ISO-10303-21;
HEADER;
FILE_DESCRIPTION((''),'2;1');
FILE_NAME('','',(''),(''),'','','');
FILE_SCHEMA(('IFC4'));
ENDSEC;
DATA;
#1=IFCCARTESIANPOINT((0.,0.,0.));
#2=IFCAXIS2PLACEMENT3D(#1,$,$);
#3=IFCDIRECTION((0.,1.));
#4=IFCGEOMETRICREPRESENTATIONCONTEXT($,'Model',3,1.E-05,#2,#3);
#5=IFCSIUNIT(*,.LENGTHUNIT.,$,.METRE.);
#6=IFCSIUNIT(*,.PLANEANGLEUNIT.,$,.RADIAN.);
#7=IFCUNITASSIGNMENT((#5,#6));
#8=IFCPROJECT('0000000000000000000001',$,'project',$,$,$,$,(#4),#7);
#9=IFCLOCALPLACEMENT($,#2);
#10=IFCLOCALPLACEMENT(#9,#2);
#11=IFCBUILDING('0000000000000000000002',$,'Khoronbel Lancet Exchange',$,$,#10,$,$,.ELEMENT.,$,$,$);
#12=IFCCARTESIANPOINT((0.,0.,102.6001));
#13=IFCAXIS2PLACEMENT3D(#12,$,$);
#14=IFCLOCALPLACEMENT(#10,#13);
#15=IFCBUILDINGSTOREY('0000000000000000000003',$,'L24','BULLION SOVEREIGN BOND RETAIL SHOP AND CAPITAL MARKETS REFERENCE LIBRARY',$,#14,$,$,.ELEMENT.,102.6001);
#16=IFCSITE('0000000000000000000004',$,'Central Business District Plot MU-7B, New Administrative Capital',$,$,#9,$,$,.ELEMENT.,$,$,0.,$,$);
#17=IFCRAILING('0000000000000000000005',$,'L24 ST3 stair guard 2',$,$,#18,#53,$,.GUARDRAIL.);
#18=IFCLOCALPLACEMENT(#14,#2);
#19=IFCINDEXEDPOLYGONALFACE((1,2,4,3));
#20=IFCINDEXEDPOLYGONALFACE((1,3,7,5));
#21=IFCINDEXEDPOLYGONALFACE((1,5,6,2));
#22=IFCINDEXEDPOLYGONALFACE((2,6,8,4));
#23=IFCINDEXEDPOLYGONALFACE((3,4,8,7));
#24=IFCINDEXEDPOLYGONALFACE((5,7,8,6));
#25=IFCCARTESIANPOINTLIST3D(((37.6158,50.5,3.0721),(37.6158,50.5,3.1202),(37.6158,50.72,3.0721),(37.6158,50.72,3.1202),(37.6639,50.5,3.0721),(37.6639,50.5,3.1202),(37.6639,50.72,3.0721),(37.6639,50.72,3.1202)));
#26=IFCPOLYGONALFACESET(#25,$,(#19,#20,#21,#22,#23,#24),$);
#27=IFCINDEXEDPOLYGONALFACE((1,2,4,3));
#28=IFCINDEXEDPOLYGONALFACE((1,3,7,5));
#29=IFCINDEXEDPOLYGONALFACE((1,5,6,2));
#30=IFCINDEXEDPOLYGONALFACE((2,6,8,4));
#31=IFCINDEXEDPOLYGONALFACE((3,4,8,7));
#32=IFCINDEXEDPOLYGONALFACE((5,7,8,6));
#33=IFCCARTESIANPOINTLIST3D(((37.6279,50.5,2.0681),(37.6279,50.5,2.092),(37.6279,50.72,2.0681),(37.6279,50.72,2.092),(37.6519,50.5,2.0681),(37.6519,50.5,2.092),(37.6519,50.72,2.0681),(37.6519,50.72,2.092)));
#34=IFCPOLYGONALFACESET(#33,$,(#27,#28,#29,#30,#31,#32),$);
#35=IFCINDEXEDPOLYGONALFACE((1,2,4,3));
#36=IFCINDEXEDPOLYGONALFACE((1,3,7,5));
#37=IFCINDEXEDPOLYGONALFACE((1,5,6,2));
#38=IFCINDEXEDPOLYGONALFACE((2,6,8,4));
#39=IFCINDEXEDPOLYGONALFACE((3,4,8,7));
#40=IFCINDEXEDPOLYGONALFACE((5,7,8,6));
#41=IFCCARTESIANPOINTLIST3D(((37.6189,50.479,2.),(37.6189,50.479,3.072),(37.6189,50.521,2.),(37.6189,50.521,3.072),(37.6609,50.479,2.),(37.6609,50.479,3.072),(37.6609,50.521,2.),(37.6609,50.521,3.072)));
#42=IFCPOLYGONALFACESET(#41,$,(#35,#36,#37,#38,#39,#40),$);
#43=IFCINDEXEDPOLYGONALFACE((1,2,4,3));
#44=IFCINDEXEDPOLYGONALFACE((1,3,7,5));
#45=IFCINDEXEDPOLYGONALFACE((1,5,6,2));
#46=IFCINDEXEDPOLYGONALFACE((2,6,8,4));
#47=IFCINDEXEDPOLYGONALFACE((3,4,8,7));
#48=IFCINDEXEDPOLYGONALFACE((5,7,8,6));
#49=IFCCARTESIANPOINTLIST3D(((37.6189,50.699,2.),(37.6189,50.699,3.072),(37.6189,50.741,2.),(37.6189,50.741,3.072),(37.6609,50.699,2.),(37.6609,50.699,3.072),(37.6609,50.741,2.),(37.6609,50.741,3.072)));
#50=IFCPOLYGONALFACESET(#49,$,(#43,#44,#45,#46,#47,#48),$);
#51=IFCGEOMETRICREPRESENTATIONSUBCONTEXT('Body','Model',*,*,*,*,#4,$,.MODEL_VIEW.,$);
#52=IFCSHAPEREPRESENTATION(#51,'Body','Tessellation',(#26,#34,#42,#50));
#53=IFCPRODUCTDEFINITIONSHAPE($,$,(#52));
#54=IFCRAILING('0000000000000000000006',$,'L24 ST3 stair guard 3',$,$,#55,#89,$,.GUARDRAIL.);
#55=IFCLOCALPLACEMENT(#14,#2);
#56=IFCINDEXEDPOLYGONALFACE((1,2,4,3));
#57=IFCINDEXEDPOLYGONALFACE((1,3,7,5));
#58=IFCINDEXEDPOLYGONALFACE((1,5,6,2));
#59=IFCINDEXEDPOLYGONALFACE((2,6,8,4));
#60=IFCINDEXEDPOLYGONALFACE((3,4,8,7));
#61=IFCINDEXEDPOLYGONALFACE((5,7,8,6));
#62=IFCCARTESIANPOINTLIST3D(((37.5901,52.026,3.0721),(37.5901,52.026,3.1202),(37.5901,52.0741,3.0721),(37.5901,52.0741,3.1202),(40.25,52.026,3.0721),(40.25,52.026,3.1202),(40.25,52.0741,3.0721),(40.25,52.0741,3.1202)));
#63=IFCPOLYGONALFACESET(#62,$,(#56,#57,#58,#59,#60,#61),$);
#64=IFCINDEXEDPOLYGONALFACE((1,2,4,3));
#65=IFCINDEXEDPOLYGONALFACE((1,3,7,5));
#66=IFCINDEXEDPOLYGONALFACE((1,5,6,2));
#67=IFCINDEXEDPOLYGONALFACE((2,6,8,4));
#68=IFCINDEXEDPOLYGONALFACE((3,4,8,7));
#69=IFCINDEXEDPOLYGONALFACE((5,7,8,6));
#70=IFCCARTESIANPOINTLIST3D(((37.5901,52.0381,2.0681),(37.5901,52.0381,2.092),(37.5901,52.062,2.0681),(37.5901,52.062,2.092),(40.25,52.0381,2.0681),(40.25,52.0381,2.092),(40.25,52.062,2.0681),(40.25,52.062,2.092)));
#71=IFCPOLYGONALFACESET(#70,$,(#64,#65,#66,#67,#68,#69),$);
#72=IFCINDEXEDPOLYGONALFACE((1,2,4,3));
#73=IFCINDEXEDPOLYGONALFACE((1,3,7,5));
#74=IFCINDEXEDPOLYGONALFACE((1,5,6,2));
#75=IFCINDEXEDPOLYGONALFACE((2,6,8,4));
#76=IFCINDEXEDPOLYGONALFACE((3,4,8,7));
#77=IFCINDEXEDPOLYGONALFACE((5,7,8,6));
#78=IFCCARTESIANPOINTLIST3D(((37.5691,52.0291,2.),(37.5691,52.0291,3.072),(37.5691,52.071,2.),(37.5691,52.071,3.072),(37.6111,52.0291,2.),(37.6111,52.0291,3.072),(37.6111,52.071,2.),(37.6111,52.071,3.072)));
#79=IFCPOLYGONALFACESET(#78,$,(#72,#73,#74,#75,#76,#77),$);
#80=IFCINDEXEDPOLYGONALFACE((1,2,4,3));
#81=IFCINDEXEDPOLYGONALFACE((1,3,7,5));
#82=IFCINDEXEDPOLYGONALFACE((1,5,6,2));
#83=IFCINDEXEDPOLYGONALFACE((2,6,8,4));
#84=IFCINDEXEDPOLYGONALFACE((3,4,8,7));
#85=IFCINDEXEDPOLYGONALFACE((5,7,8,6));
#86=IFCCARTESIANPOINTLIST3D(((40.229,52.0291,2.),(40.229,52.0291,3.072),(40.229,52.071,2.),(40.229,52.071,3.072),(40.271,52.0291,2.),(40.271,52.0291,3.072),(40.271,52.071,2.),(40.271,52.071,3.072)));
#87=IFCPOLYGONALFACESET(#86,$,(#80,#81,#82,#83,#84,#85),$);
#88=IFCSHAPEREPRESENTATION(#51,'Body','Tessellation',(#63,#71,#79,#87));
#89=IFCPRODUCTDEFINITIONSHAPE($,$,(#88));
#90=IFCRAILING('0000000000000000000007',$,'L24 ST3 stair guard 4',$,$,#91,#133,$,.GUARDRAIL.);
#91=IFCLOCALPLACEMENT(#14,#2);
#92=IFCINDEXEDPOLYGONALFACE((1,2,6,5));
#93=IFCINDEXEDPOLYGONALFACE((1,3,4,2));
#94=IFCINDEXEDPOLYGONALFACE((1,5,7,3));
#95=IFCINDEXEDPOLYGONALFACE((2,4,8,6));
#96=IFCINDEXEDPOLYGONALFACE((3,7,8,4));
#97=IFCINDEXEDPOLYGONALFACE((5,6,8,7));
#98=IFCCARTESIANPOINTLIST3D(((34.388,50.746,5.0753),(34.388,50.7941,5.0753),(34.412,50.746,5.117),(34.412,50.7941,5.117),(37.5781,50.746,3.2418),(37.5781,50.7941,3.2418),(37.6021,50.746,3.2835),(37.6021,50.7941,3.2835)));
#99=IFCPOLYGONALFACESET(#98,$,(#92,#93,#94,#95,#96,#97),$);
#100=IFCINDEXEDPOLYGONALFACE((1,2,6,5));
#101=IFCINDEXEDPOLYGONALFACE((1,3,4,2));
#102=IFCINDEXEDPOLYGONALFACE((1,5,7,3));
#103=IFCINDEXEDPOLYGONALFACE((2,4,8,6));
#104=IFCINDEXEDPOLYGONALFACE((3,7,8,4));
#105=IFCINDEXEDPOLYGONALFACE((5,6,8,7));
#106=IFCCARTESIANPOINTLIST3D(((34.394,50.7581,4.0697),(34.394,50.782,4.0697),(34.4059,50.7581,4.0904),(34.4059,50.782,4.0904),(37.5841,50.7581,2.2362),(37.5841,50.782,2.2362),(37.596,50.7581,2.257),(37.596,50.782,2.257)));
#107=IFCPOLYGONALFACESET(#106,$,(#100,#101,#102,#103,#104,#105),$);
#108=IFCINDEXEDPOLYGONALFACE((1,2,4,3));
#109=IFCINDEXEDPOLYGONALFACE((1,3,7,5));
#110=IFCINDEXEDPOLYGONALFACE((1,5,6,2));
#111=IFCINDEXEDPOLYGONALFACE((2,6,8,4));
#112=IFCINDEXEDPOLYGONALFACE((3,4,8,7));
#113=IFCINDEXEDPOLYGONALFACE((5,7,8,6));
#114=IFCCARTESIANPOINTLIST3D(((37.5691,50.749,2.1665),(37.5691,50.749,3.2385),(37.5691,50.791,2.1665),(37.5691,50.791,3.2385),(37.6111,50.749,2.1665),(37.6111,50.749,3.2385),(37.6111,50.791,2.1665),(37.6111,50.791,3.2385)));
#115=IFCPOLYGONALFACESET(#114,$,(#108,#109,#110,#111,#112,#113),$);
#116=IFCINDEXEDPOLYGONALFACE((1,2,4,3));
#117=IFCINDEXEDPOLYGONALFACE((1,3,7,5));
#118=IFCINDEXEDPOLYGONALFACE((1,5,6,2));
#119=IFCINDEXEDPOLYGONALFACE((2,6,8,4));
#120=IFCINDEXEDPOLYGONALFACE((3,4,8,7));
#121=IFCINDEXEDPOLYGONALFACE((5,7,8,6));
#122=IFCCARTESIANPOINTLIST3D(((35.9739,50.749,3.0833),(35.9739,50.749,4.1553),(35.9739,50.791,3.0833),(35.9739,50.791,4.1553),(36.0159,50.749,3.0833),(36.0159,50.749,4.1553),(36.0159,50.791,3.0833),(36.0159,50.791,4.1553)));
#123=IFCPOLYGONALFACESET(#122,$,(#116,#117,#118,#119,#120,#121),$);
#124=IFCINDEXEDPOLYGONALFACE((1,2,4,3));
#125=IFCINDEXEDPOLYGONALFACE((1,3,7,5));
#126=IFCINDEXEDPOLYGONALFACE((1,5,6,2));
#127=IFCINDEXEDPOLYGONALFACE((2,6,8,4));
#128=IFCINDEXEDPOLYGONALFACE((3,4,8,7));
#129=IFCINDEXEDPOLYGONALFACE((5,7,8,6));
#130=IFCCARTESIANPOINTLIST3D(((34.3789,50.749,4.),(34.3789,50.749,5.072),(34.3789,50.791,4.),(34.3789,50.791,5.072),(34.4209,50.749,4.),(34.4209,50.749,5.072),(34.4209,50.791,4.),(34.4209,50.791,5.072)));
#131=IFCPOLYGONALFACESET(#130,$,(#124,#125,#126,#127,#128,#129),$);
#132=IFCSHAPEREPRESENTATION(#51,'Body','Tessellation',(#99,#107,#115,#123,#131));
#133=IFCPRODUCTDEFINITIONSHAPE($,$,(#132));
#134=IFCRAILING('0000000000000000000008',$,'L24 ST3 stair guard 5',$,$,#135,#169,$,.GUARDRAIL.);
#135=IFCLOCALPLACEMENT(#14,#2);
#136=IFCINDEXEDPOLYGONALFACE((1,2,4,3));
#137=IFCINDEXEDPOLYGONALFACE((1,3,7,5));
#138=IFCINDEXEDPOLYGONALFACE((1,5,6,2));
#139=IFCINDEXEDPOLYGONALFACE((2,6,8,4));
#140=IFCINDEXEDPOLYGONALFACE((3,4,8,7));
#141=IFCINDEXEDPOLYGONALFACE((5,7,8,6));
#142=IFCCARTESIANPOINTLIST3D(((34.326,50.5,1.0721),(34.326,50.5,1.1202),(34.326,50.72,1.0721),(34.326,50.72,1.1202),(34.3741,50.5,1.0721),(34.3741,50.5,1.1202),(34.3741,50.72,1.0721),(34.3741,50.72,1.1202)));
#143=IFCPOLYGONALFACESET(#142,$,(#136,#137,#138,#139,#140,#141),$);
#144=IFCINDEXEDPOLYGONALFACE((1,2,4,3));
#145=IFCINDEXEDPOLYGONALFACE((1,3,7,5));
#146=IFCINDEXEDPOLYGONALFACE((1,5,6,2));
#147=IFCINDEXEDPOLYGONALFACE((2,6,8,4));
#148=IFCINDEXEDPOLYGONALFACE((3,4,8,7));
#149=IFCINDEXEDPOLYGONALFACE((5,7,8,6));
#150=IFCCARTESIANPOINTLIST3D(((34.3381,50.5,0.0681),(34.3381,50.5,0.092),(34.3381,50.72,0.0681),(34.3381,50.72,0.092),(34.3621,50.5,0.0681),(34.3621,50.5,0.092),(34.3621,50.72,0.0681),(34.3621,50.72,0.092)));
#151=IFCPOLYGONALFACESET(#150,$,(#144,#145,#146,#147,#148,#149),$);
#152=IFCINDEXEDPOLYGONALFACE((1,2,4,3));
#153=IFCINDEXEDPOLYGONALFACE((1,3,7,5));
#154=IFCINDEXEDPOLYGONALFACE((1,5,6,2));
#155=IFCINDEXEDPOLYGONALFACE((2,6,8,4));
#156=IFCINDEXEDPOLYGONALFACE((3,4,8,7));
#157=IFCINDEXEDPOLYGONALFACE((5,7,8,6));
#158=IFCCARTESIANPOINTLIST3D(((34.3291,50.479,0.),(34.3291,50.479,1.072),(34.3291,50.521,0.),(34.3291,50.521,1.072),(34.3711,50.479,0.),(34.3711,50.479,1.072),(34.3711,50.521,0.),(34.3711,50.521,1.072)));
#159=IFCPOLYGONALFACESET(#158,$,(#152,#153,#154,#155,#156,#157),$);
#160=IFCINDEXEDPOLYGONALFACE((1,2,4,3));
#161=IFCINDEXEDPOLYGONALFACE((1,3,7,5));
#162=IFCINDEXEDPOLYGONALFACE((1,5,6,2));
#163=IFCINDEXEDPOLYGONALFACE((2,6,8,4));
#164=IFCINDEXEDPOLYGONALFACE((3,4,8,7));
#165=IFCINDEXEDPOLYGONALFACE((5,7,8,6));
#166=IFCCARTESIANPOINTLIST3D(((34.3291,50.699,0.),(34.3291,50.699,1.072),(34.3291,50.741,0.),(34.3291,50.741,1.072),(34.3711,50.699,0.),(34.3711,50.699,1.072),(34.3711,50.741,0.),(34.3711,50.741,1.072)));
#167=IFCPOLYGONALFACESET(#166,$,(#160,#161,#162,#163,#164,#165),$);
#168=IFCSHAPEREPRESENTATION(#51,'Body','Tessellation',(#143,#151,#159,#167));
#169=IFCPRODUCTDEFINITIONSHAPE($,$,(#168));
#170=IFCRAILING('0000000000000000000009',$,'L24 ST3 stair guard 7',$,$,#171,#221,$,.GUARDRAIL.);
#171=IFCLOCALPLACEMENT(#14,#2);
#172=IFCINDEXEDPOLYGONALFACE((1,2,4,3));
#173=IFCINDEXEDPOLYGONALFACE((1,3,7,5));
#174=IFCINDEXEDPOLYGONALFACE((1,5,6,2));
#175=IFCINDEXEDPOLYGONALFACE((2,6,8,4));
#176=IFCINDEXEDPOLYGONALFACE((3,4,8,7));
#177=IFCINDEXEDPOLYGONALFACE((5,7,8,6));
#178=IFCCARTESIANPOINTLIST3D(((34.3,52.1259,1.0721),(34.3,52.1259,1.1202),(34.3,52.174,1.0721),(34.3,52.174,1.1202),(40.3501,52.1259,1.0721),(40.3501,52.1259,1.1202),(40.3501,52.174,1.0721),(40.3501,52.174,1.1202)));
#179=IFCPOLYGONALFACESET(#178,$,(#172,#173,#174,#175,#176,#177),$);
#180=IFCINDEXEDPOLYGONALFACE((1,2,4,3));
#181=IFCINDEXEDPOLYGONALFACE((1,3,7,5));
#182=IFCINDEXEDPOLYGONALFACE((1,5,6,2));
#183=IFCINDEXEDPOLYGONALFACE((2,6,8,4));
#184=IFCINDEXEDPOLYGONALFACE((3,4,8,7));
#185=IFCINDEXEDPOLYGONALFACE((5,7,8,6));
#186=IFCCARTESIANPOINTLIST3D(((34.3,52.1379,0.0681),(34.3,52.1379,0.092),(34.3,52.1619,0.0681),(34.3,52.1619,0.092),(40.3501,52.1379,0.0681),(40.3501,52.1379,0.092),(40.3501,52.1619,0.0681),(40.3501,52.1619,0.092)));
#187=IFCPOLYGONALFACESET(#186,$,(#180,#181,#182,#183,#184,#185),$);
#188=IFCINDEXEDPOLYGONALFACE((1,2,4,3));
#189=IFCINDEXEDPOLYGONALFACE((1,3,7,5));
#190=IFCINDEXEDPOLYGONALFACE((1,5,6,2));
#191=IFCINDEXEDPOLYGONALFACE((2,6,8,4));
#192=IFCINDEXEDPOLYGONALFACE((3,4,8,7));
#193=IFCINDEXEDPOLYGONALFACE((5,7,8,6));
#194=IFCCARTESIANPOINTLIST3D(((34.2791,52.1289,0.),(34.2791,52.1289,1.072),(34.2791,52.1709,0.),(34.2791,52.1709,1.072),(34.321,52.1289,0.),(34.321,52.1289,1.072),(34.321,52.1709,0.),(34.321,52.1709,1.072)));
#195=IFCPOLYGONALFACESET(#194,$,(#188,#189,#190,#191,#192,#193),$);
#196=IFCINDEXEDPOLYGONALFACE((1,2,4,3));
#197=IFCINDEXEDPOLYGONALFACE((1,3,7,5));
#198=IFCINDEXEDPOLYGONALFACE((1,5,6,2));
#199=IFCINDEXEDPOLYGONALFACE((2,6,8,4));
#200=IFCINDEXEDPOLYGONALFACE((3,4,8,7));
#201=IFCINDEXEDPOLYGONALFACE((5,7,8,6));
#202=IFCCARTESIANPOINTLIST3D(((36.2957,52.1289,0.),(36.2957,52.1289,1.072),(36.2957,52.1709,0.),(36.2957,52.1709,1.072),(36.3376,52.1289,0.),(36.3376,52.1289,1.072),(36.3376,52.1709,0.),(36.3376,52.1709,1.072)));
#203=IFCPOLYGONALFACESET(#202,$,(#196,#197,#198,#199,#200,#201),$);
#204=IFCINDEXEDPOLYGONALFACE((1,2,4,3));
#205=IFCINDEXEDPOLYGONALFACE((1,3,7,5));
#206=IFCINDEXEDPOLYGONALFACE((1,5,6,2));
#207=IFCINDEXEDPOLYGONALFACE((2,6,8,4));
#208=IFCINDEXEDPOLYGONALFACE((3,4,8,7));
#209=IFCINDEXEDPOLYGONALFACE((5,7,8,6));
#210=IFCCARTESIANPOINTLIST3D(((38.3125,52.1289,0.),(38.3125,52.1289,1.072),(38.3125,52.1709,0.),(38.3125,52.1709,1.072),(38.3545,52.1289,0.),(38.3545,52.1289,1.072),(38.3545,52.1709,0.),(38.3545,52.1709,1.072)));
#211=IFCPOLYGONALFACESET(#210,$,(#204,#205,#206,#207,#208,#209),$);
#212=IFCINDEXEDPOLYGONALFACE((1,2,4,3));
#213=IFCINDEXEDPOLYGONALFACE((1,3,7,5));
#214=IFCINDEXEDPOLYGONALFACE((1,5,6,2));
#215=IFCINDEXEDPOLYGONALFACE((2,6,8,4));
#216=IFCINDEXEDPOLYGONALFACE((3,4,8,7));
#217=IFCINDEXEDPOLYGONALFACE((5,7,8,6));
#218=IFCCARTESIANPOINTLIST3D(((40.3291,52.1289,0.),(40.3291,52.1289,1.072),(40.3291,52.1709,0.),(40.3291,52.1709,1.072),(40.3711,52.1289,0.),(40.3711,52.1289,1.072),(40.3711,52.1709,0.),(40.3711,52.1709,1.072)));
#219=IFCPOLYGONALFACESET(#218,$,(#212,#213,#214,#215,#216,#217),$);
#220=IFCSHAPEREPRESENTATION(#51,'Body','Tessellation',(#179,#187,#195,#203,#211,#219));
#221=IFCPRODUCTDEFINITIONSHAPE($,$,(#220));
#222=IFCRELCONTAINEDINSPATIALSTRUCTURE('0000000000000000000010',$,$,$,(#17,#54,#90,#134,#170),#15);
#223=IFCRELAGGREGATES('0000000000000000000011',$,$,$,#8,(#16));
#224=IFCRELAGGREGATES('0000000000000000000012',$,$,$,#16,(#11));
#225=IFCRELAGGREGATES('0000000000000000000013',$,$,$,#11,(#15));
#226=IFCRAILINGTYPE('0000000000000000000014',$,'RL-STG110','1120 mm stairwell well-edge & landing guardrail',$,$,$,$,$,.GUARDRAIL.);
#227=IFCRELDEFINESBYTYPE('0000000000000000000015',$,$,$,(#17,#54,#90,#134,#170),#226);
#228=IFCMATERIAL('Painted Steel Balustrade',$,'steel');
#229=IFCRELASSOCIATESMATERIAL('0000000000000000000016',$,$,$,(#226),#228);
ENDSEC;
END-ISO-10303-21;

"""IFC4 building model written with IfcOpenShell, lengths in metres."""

from ifc_helpers import new_model, si_unit, direction, frame, origin, origin_2d, place, context, subcontext, project, spatial, rectangle, extrude, material, type_object, element, save


model = new_model("IFC4")

# Units and contexts
model_context = context("Model", 3, precision=1e-05, world=origin(), true_north=direction((0.0, 1.0)))
body_context = subcontext(model_context, "Body", "Model", "MODEL_VIEW")
ifc_project = project(units=[si_unit("LENGTHUNIT", "METRE"), si_unit("PLANEANGLEUNIT", "RADIAN")], contexts=[model_context])

# Site, building, storey
site_placement = place(None, origin())
site = spatial("IfcSite", under=ifc_project, at=site_placement, Name="Central Business District Plot MU-7B, New Administrative Capital", CompositionType="ELEMENT", RefElevation=0.0)
building_placement = place(site_placement, origin())
building = spatial("IfcBuilding", under=site, at=building_placement, Name="Khoronbel Lancet Exchange", CompositionType="ELEMENT")
storey_placement = place(building_placement, frame((0.0, 0.0, 102.6001)))
storey = spatial("IfcBuildingStorey", under=building, at=storey_placement, Name="L24", Description="BULLION SOVEREIGN BOND RETAIL SHOP AND CAPITAL MARKETS REFERENCE LIBRARY", CompositionType="ELEMENT", Elevation=102.6001)

# Railings
ifc_material_1 = material(Name="Painted Steel Balustrade", Category="steel")
railing_type_1 = type_object("IfcRailingType", Name="RL-STG110", Description="1120 mm stairwell well-edge & landing guardrail", PredefinedType="GUARDRAIL", material=ifc_material_1)
railing_1_placement = place(storey_placement, frame((37.6399, 50.5, 2.0)))
element("IfcRailing", 1, at=railing_1_placement, inside=storey, type_object=railing_type_1, Name="L24 ST3 stair guard 2", PredefinedType="GUARDRAIL", context=body_context, shape_type="SweptSolid", body=[
    extrude(rectangle(XDim=0.0481, YDim=0.0481, at=origin_2d()), frame((0.0, 0.0, 1.0962), z_axis=(0.0, 1.0, 0.0), x_axis=(-1.0, 0.0, 0.0)), (0.0, 0.0, 1.0), 0.22),
    extrude(rectangle(XDim=0.0239, YDim=0.0239, at=origin_2d()), frame((0.0, 0.0, 0.0801), z_axis=(0.0, 1.0, 0.0), x_axis=(-1.0, 0.0, 0.0)), (0.0, 0.0, 1.0), 0.22),
    extrude(rectangle(XDim=0.042, YDim=0.042, at=origin_2d()), origin(), (0.0, 0.0, 1.0), 1.072),
    extrude(rectangle(XDim=0.042, YDim=0.042, at=origin_2d()), frame((0.0, 0.22, 0.0)), (0.0, 0.0, 1.0), 1.072),
])
railing_2_placement = place(storey_placement, frame((37.5901, 52.05, 2.0)))
element("IfcRailing", 2, at=railing_2_placement, inside=storey, type_object=railing_type_1, Name="L24 ST3 stair guard 3", PredefinedType="GUARDRAIL", context=body_context, shape_type="SweptSolid", body=[
    extrude(rectangle(XDim=0.0481, YDim=0.0481, at=origin_2d()), frame((0.0, 0.0, 1.0962), z_axis=(1.0, 0.0, 0.0), x_axis=(0.0, 1.0, 0.0)), (0.0, 0.0, 1.0), 2.6599),
    extrude(rectangle(XDim=0.0239, YDim=0.0239, at=origin_2d()), frame((0.0, 0.0, 0.0801), z_axis=(1.0, 0.0, 0.0), x_axis=(0.0, 1.0, 0.0)), (0.0, 0.0, 1.0), 2.6599),
    extrude(rectangle(XDim=0.042, YDim=0.042, at=origin_2d()), origin(), (0.0, 0.0, 1.0), 1.072),
    extrude(rectangle(XDim=0.042, YDim=0.042, at=origin_2d()), frame((2.6599, 0.0, 0.0)), (0.0, 0.0, 1.0), 1.072),
])
railing_3_placement = place(storey_placement, frame((37.5901, 50.77, 2.1665)))
element("IfcRailing", 3, at=railing_3_placement, inside=storey, type_object=railing_type_1, Name="L24 ST3 stair guard 4", PredefinedType="GUARDRAIL", context=body_context, shape_type="SweptSolid", body=[
    extrude(rectangle(XDim=0.0481, YDim=0.0481, at=origin_2d()), frame((0.0, 0.0, 1.0962), z_axis=(-0.867007, 0.0, 0.498295), x_axis=(0.0, -1.0, 0.0)), (0.0, 0.0, 1.0), 3.6794),
    extrude(rectangle(XDim=0.0239, YDim=0.0239, at=origin_2d()), frame((0.0, 0.0, 0.0801), z_axis=(-0.867007, 0.0, 0.498295), x_axis=(0.0, -1.0, 0.0)), (0.0, 0.0, 1.0), 3.6794),
    extrude(rectangle(XDim=0.042, YDim=0.042, at=origin_2d()), origin(), (0.0, 0.0, 1.0), 1.072),
    extrude(rectangle(XDim=0.042, YDim=0.042, at=origin_2d()), frame((-1.5952, 0.0, 0.9167)), (0.0, 0.0, 1.0), 1.072),
    extrude(rectangle(XDim=0.042, YDim=0.042, at=origin_2d()), frame((-3.1902, 0.0, 1.8335)), (0.0, 0.0, 1.0), 1.072),
])
railing_4_placement = place(storey_placement, frame((34.3501, 50.5, 0.0)))
element("IfcRailing", 4, at=railing_4_placement, inside=storey, type_object=railing_type_1, Name="L24 ST3 stair guard 5", PredefinedType="GUARDRAIL", context=body_context, shape_type="SweptSolid", body=[
    extrude(rectangle(XDim=0.0481, YDim=0.0481, at=origin_2d()), frame((0.0, 0.0, 1.0962), z_axis=(0.0, 1.0, 0.0), x_axis=(-1.0, 0.0, 0.0)), (0.0, 0.0, 1.0), 0.22),
    extrude(rectangle(XDim=0.0239, YDim=0.0239, at=origin_2d()), frame((0.0, 0.0, 0.0801), z_axis=(0.0, 1.0, 0.0), x_axis=(-1.0, 0.0, 0.0)), (0.0, 0.0, 1.0), 0.22),
    extrude(rectangle(XDim=0.042, YDim=0.042, at=origin_2d()), origin(), (0.0, 0.0, 1.0), 1.072),
    extrude(rectangle(XDim=0.042, YDim=0.042, at=origin_2d()), frame((0.0, 0.22, 0.0)), (0.0, 0.0, 1.0), 1.072),
])
railing_5_placement = place(storey_placement, frame((34.3, 52.1499, 0.0)))
element("IfcRailing", 5, at=railing_5_placement, inside=storey, type_object=railing_type_1, Name="L24 ST3 stair guard 7", PredefinedType="GUARDRAIL", context=body_context, shape_type="SweptSolid", body=[
    extrude(rectangle(XDim=0.0481, YDim=0.0481, at=origin_2d()), frame((0.0, 0.0, 1.0962), z_axis=(1.0, 0.0, 0.0), x_axis=(0.0, 1.0, 0.0)), (0.0, 0.0, 1.0), 6.05),
    extrude(rectangle(XDim=0.0239, YDim=0.0239, at=origin_2d()), frame((0.0, 0.0, 0.0801), z_axis=(1.0, 0.0, 0.0), x_axis=(0.0, 1.0, 0.0)), (0.0, 0.0, 1.0), 6.05),
    extrude(rectangle(XDim=0.042, YDim=0.042, at=origin_2d()), origin(), (0.0, 0.0, 1.0), 1.072),
    extrude(rectangle(XDim=0.042, YDim=0.042, at=origin_2d()), frame((2.0166, 0.0, 0.0)), (0.0, 0.0, 1.0), 1.072),
    extrude(rectangle(XDim=0.042, YDim=0.042, at=origin_2d()), frame((4.0334, 0.0, 0.0)), (0.0, 0.0, 1.0), 1.072),
    extrude(rectangle(XDim=0.042, YDim=0.042, at=origin_2d()), frame((6.05, 0.0, 0.0)), (0.0, 0.0, 1.0), 1.072),
])

save(model, "model.ifc")
